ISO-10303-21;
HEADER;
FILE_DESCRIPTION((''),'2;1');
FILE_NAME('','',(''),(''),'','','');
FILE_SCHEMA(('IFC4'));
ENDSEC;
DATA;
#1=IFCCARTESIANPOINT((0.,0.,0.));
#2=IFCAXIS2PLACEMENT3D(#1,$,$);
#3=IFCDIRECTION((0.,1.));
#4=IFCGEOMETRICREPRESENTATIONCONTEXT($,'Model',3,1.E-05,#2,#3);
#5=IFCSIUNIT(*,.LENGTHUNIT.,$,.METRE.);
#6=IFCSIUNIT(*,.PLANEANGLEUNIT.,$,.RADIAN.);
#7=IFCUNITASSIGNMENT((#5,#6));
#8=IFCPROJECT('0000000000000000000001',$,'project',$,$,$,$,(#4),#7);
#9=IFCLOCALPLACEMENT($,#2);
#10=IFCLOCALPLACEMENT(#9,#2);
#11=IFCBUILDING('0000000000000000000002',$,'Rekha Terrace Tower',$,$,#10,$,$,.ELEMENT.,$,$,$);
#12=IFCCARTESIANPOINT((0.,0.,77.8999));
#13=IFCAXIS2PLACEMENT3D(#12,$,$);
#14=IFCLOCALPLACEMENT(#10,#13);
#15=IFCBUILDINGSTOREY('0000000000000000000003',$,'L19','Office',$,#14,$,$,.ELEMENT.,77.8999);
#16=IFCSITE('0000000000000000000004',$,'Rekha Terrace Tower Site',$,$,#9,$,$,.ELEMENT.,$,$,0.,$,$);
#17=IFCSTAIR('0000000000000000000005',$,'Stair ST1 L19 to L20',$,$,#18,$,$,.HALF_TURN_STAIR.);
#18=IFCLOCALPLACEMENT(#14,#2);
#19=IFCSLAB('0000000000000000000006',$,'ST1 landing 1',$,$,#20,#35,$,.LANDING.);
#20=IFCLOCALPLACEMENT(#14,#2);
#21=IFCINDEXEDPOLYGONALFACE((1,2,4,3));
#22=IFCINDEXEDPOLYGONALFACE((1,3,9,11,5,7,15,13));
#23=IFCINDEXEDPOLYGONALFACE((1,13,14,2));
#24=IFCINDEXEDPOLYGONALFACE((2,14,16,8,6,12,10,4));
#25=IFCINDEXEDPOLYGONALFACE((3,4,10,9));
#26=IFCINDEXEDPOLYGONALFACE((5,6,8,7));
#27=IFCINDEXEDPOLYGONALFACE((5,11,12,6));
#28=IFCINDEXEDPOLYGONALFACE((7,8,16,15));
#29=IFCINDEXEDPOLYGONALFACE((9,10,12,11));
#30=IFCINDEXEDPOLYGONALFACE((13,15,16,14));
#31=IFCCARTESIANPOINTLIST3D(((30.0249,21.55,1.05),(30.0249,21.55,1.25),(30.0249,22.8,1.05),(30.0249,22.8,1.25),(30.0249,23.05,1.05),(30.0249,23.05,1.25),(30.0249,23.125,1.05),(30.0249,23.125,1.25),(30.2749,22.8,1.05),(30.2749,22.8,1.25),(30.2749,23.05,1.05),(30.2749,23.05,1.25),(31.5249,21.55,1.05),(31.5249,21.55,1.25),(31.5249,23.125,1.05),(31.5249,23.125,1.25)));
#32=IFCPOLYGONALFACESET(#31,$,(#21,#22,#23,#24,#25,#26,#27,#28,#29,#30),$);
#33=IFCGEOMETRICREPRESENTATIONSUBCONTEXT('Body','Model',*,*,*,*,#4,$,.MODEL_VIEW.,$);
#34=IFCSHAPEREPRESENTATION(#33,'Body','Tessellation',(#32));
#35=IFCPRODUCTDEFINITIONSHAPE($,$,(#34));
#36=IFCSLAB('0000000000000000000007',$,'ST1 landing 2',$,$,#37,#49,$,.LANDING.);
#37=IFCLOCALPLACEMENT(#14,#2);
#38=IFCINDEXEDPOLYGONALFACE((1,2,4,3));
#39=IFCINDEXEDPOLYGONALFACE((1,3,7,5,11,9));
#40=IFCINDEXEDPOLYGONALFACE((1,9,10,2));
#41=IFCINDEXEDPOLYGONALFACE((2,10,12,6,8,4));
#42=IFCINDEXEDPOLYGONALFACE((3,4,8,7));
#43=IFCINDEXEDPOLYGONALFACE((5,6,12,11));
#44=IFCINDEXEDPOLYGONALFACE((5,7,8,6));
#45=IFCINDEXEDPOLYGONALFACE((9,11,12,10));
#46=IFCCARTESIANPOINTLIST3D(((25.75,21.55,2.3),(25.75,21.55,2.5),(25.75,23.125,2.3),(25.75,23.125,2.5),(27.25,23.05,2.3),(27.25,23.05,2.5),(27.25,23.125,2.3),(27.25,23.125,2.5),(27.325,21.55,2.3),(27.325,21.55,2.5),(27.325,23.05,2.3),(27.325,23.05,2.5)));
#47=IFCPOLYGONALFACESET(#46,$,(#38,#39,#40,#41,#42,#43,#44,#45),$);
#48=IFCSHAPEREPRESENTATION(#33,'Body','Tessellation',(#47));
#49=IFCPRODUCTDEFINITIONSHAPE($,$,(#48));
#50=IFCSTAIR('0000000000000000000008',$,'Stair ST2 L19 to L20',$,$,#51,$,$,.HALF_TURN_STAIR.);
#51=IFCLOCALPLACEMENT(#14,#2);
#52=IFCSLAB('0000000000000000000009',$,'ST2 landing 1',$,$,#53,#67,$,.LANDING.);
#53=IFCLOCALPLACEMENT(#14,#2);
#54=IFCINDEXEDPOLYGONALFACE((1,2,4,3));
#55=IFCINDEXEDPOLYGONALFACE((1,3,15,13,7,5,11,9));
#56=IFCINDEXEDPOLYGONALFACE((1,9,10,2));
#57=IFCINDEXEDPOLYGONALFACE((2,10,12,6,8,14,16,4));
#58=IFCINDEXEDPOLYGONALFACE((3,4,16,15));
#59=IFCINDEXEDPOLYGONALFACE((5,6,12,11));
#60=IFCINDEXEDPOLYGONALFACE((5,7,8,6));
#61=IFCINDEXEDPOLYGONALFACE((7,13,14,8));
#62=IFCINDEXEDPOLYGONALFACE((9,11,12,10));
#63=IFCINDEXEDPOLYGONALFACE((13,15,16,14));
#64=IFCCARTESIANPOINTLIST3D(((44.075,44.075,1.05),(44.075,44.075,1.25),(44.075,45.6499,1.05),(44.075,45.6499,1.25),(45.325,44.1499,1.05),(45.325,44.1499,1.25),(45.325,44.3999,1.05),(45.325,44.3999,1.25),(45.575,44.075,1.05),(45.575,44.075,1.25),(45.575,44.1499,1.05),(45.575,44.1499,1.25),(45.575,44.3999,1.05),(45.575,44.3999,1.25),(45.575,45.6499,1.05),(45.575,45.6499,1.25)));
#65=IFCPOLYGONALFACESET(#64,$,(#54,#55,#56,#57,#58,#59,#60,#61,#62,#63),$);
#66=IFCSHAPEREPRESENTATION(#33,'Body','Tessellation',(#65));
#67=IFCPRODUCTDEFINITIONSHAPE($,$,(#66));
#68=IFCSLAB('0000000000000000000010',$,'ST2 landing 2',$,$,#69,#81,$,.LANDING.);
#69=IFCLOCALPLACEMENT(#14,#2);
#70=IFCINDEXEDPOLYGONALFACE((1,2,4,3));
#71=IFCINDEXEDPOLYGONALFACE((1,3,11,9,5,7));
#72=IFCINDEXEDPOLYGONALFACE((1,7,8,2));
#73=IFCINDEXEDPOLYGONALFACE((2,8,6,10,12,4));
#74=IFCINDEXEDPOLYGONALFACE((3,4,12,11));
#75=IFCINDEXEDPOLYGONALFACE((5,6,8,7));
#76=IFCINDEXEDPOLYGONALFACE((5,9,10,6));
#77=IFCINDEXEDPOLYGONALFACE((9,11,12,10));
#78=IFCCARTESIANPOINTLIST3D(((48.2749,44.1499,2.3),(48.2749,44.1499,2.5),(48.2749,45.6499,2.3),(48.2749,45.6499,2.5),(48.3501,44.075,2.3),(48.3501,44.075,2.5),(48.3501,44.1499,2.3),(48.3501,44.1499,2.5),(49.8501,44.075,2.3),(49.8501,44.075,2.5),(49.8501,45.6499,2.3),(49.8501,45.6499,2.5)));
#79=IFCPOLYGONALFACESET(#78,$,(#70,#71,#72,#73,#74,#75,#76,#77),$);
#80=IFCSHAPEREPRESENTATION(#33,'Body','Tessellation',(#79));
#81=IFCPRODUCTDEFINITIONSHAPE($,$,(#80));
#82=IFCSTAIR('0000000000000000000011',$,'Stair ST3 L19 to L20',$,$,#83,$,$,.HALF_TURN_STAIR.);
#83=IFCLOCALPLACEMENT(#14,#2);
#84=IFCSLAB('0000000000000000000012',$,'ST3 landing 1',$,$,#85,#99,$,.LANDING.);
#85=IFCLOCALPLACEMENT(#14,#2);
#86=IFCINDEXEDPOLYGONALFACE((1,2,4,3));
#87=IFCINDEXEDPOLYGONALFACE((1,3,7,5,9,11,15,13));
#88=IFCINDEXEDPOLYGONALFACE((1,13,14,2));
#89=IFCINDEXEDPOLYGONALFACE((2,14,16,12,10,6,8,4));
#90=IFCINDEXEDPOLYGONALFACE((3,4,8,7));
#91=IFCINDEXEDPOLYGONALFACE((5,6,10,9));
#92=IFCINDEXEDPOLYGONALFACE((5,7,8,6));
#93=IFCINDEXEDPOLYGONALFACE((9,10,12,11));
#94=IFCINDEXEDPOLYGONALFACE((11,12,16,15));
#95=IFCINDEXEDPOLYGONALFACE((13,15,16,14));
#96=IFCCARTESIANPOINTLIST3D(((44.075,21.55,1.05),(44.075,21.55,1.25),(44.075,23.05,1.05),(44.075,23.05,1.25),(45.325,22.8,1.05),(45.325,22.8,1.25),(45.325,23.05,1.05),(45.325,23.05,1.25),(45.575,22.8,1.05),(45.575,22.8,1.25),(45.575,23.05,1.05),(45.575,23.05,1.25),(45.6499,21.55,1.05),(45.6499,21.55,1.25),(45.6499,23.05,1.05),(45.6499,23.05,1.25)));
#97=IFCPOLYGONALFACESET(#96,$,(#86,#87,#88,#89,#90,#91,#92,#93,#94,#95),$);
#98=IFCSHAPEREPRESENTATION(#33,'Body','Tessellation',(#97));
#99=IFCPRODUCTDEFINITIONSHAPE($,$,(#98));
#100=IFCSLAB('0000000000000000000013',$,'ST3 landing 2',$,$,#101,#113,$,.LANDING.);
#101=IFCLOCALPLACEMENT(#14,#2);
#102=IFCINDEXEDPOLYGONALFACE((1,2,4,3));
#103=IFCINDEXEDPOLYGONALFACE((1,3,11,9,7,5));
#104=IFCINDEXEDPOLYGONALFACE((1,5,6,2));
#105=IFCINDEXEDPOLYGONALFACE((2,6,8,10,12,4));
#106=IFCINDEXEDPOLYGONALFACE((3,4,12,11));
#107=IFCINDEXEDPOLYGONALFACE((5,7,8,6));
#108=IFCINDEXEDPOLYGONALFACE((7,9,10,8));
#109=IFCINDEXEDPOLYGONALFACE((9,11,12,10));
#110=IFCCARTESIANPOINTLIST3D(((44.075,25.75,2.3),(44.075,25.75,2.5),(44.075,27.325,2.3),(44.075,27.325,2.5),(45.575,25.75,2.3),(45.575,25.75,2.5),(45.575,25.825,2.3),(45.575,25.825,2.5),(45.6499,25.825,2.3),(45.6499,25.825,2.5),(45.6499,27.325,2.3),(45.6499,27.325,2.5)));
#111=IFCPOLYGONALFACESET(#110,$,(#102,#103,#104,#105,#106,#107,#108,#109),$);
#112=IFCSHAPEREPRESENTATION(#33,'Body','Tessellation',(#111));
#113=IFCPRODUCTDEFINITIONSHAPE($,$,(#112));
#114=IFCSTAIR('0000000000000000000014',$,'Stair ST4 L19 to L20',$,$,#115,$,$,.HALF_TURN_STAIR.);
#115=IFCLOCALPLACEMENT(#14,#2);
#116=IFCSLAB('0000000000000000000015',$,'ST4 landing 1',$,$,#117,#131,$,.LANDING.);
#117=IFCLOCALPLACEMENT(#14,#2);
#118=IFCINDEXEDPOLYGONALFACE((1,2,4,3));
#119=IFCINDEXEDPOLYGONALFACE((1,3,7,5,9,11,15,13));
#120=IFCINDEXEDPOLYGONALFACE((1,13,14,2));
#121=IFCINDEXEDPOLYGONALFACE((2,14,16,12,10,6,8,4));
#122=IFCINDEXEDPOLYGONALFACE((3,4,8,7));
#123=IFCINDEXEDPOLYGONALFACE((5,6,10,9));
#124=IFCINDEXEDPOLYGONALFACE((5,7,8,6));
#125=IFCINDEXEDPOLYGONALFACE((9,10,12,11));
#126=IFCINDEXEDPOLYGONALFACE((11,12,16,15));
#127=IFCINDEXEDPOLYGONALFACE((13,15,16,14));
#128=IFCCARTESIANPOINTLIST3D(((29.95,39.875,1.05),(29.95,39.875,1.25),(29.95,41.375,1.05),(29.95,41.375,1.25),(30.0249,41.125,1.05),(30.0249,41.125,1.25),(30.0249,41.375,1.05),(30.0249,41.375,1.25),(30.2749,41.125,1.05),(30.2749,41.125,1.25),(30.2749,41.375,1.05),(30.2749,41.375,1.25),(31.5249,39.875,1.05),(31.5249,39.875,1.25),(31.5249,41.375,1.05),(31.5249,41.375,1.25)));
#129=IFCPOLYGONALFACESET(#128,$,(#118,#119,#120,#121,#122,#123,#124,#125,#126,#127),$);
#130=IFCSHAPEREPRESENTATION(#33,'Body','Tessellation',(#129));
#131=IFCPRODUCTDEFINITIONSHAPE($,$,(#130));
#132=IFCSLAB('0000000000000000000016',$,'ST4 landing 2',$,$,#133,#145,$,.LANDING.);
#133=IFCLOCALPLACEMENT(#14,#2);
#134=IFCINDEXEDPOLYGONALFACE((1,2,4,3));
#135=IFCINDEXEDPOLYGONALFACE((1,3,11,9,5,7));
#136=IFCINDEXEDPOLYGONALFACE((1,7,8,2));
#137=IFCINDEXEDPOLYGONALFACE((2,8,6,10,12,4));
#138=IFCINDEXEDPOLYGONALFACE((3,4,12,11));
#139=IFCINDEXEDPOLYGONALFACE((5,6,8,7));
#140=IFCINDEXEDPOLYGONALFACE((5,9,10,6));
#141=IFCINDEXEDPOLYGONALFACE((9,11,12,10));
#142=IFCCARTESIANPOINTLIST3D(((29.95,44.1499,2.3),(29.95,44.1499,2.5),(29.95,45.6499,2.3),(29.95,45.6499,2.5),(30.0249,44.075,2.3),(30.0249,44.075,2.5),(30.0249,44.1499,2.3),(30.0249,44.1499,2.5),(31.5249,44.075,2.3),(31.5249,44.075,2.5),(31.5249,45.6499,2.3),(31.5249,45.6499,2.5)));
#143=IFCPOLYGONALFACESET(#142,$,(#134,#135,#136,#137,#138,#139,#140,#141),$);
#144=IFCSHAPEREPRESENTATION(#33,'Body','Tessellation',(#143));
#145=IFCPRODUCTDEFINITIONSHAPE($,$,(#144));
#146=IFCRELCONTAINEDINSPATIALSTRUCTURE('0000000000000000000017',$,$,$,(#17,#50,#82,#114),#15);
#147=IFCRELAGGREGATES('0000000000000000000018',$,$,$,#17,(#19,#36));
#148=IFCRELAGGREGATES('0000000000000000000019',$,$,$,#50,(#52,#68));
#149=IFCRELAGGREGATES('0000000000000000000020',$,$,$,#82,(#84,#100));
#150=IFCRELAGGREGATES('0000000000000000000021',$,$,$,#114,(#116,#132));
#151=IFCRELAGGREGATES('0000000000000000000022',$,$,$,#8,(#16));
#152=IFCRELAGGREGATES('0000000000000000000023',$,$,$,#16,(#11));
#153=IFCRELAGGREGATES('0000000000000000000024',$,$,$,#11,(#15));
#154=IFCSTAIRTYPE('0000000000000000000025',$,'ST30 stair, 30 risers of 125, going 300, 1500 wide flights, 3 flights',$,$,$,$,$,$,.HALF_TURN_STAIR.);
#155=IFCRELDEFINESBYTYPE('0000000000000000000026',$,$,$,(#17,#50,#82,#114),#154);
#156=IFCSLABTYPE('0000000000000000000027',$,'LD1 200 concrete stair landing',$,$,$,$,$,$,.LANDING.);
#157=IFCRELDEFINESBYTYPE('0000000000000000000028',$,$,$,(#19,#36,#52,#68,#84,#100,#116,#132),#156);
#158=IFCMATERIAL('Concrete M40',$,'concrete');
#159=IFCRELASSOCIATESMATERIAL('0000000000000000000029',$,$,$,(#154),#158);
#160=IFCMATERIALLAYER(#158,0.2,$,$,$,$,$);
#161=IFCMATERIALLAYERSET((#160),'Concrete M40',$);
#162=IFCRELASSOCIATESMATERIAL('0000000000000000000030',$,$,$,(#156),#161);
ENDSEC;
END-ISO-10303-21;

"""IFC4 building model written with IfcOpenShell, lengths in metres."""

from ifc_helpers import new_model, si_unit, direction, frame, origin, place, context, subcontext, project, spatial, polyline, outline, extrude, material, layer, layer_set, type_object, element, aggregate, save


model = new_model("IFC4")

# Units and contexts
model_context = context("Model", 3, precision=1e-05, world=origin(), true_north=direction((0.0, 1.0)))
body_context = subcontext(model_context, "Body", "Model", "MODEL_VIEW")
ifc_project = project(units=[si_unit("LENGTHUNIT", "METRE"), si_unit("PLANEANGLEUNIT", "RADIAN")], contexts=[model_context])

# Site, building, storey
site_placement = place(None, origin())
site = spatial("IfcSite", under=ifc_project, at=site_placement, Name="Rekha Terrace Tower Site", CompositionType="ELEMENT", RefElevation=0.0)
building_placement = place(site_placement, origin())
building = spatial("IfcBuilding", under=site, at=building_placement, Name="Rekha Terrace Tower", CompositionType="ELEMENT")
storey_placement = place(building_placement, frame((0.0, 0.0, 77.8999)))
storey = spatial("IfcBuildingStorey", under=building, at=storey_placement, Name="L19", Description="Office", CompositionType="ELEMENT", Elevation=77.8999)

# Stairs, slabs
ifc_material_1 = material(Name="Concrete M40", Category="concrete")
stair_type = type_object("IfcStairType", Name="ST30 stair, 30 risers of 125, going 300, 1500 wide flights, 3 flights", PredefinedType="HALF_TURN_STAIR", material=ifc_material_1)
stair_1_placement = place(storey_placement, origin())
stair_1 = element("IfcStair", 1, at=stair_1_placement, inside=storey, type_object=stair_type, Name="Stair ST1 L19 to L20", PredefinedType="HALF_TURN_STAIR")
ifc_layer_1 = layer(ifc_material_1, 0.2)
ifc_layer_set_1 = layer_set([ifc_layer_1], Name="Concrete M40")
slab_type_1 = type_object("IfcSlabType", Name="LD1 200 concrete stair landing", PredefinedType="LANDING", material=ifc_layer_set_1)
slab_1_placement = place(storey_placement, frame((0.0, 0.0, 1.05)))
slab_1 = element("IfcSlab", 2, at=slab_1_placement, type_object=slab_type_1, Name="ST1 landing 1", PredefinedType="LANDING", context=body_context, shape_type="SweptSolid", body=[
    extrude(outline(polyline([(30.0249, 21.55), (31.5249, 21.55), (31.5249, 23.125), (30.0249, 23.125), (30.0249, 23.05), (30.2749, 23.05), (30.2749, 22.8), (30.0249, 22.8), (30.0249, 21.55)])), origin(), (0.0, 0.0, 1.0), 0.2),
])
slab_2_placement = place(storey_placement, frame((0.0, 0.0, 2.3)))
slab_2 = element("IfcSlab", 3, at=slab_2_placement, type_object=slab_type_1, Name="ST1 landing 2", PredefinedType="LANDING", context=body_context, shape_type="SweptSolid", body=[
    extrude(outline(polyline([(27.25, 23.125), (25.75, 23.125), (25.75, 21.55), (27.325, 21.55), (27.325, 23.05), (27.25, 23.05), (27.25, 23.125)])), origin(), (0.0, 0.0, 1.0), 0.2),
])
aggregate(stair_1, [slab_1, slab_2])
stair_2_placement = place(storey_placement, origin())
stair_2 = element("IfcStair", 4, at=stair_2_placement, inside=storey, type_object=stair_type, Name="Stair ST2 L19 to L20", PredefinedType="HALF_TURN_STAIR")
slab_3_placement = place(storey_placement, frame((0.0, 0.0, 1.05)))
slab_3 = element("IfcSlab", 5, at=slab_3_placement, type_object=slab_type_1, Name="ST2 landing 1", PredefinedType="LANDING", context=body_context, shape_type="SweptSolid", body=[
    extrude(outline(polyline([(45.575, 45.6499), (44.075, 45.6499), (44.075, 44.075), (45.575, 44.075), (45.575, 44.1499), (45.325, 44.1499), (45.325, 44.3999), (45.575, 44.3999), (45.575, 45.6499)])), origin(), (0.0, 0.0, 1.0), 0.2),
])
slab_4_placement = place(storey_placement, frame((0.0, 0.0, 2.3)))
slab_4 = element("IfcSlab", 6, at=slab_4_placement, type_object=slab_type_1, Name="ST2 landing 2", PredefinedType="LANDING", context=body_context, shape_type="SweptSolid", body=[
    extrude(outline(polyline([(48.3501, 44.075), (49.8501, 44.075), (49.8501, 45.6499), (48.2749, 45.6499), (48.2749, 44.1499), (48.3501, 44.1499), (48.3501, 44.075)])), origin(), (0.0, 0.0, 1.0), 0.2),
])
aggregate(stair_2, [slab_3, slab_4])
stair_3_placement = place(storey_placement, origin())
stair_3 = element("IfcStair", 7, at=stair_3_placement, inside=storey, type_object=stair_type, Name="Stair ST3 L19 to L20", PredefinedType="HALF_TURN_STAIR")
slab_5_placement = place(storey_placement, frame((0.0, 0.0, 1.05)))
slab_5 = element("IfcSlab", 8, at=slab_5_placement, type_object=slab_type_1, Name="ST3 landing 1", PredefinedType="LANDING", context=body_context, shape_type="SweptSolid", body=[
    extrude(outline(polyline([(44.075, 23.05), (44.075, 21.55), (45.6499, 21.55), (45.6499, 23.05), (45.575, 23.05), (45.575, 22.8), (45.325, 22.8), (45.325, 23.05), (44.075, 23.05)])), origin(), (0.0, 0.0, 1.0), 0.2),
])
slab_6_placement = place(storey_placement, frame((0.0, 0.0, 2.3)))
slab_6 = element("IfcSlab", 9, at=slab_6_placement, type_object=slab_type_1, Name="ST3 landing 2", PredefinedType="LANDING", context=body_context, shape_type="SweptSolid", body=[
    extrude(outline(polyline([(45.6499, 25.825), (45.6499, 27.325), (44.075, 27.325), (44.075, 25.75), (45.575, 25.75), (45.575, 25.825), (45.6499, 25.825)])), origin(), (0.0, 0.0, 1.0), 0.2),
])
aggregate(stair_3, [slab_5, slab_6])
stair_4_placement = place(storey_placement, origin())
stair_4 = element("IfcStair", 10, at=stair_4_placement, inside=storey, type_object=stair_type, Name="Stair ST4 L19 to L20", PredefinedType="HALF_TURN_STAIR")
slab_7_placement = place(storey_placement, frame((0.0, 0.0, 1.05)))
slab_7 = element("IfcSlab", 11, at=slab_7_placement, type_object=slab_type_1, Name="ST4 landing 1", PredefinedType="LANDING", context=body_context, shape_type="SweptSolid", body=[
    extrude(outline(polyline([(31.5249, 41.375), (31.5249, 39.875), (29.95, 39.875), (29.95, 41.375), (30.0249, 41.375), (30.0249, 41.125), (30.2749, 41.125), (30.2749, 41.375), (31.5249, 41.375)])), origin(), (0.0, 0.0, 1.0), 0.2),
])
slab_8_placement = place(storey_placement, frame((0.0, 0.0, 2.3)))
slab_8 = element("IfcSlab", 12, at=slab_8_placement, type_object=slab_type_1, Name="ST4 landing 2", PredefinedType="LANDING", context=body_context, shape_type="SweptSolid", body=[
    extrude(outline(polyline([(29.95, 44.1499), (29.95, 45.6499), (31.5249, 45.6499), (31.5249, 44.075), (30.0249, 44.075), (30.0249, 44.1499), (29.95, 44.1499)])), origin(), (0.0, 0.0, 1.0), 0.2),
])
aggregate(stair_4, [slab_7, slab_8])

save(model, "model.ifc")
